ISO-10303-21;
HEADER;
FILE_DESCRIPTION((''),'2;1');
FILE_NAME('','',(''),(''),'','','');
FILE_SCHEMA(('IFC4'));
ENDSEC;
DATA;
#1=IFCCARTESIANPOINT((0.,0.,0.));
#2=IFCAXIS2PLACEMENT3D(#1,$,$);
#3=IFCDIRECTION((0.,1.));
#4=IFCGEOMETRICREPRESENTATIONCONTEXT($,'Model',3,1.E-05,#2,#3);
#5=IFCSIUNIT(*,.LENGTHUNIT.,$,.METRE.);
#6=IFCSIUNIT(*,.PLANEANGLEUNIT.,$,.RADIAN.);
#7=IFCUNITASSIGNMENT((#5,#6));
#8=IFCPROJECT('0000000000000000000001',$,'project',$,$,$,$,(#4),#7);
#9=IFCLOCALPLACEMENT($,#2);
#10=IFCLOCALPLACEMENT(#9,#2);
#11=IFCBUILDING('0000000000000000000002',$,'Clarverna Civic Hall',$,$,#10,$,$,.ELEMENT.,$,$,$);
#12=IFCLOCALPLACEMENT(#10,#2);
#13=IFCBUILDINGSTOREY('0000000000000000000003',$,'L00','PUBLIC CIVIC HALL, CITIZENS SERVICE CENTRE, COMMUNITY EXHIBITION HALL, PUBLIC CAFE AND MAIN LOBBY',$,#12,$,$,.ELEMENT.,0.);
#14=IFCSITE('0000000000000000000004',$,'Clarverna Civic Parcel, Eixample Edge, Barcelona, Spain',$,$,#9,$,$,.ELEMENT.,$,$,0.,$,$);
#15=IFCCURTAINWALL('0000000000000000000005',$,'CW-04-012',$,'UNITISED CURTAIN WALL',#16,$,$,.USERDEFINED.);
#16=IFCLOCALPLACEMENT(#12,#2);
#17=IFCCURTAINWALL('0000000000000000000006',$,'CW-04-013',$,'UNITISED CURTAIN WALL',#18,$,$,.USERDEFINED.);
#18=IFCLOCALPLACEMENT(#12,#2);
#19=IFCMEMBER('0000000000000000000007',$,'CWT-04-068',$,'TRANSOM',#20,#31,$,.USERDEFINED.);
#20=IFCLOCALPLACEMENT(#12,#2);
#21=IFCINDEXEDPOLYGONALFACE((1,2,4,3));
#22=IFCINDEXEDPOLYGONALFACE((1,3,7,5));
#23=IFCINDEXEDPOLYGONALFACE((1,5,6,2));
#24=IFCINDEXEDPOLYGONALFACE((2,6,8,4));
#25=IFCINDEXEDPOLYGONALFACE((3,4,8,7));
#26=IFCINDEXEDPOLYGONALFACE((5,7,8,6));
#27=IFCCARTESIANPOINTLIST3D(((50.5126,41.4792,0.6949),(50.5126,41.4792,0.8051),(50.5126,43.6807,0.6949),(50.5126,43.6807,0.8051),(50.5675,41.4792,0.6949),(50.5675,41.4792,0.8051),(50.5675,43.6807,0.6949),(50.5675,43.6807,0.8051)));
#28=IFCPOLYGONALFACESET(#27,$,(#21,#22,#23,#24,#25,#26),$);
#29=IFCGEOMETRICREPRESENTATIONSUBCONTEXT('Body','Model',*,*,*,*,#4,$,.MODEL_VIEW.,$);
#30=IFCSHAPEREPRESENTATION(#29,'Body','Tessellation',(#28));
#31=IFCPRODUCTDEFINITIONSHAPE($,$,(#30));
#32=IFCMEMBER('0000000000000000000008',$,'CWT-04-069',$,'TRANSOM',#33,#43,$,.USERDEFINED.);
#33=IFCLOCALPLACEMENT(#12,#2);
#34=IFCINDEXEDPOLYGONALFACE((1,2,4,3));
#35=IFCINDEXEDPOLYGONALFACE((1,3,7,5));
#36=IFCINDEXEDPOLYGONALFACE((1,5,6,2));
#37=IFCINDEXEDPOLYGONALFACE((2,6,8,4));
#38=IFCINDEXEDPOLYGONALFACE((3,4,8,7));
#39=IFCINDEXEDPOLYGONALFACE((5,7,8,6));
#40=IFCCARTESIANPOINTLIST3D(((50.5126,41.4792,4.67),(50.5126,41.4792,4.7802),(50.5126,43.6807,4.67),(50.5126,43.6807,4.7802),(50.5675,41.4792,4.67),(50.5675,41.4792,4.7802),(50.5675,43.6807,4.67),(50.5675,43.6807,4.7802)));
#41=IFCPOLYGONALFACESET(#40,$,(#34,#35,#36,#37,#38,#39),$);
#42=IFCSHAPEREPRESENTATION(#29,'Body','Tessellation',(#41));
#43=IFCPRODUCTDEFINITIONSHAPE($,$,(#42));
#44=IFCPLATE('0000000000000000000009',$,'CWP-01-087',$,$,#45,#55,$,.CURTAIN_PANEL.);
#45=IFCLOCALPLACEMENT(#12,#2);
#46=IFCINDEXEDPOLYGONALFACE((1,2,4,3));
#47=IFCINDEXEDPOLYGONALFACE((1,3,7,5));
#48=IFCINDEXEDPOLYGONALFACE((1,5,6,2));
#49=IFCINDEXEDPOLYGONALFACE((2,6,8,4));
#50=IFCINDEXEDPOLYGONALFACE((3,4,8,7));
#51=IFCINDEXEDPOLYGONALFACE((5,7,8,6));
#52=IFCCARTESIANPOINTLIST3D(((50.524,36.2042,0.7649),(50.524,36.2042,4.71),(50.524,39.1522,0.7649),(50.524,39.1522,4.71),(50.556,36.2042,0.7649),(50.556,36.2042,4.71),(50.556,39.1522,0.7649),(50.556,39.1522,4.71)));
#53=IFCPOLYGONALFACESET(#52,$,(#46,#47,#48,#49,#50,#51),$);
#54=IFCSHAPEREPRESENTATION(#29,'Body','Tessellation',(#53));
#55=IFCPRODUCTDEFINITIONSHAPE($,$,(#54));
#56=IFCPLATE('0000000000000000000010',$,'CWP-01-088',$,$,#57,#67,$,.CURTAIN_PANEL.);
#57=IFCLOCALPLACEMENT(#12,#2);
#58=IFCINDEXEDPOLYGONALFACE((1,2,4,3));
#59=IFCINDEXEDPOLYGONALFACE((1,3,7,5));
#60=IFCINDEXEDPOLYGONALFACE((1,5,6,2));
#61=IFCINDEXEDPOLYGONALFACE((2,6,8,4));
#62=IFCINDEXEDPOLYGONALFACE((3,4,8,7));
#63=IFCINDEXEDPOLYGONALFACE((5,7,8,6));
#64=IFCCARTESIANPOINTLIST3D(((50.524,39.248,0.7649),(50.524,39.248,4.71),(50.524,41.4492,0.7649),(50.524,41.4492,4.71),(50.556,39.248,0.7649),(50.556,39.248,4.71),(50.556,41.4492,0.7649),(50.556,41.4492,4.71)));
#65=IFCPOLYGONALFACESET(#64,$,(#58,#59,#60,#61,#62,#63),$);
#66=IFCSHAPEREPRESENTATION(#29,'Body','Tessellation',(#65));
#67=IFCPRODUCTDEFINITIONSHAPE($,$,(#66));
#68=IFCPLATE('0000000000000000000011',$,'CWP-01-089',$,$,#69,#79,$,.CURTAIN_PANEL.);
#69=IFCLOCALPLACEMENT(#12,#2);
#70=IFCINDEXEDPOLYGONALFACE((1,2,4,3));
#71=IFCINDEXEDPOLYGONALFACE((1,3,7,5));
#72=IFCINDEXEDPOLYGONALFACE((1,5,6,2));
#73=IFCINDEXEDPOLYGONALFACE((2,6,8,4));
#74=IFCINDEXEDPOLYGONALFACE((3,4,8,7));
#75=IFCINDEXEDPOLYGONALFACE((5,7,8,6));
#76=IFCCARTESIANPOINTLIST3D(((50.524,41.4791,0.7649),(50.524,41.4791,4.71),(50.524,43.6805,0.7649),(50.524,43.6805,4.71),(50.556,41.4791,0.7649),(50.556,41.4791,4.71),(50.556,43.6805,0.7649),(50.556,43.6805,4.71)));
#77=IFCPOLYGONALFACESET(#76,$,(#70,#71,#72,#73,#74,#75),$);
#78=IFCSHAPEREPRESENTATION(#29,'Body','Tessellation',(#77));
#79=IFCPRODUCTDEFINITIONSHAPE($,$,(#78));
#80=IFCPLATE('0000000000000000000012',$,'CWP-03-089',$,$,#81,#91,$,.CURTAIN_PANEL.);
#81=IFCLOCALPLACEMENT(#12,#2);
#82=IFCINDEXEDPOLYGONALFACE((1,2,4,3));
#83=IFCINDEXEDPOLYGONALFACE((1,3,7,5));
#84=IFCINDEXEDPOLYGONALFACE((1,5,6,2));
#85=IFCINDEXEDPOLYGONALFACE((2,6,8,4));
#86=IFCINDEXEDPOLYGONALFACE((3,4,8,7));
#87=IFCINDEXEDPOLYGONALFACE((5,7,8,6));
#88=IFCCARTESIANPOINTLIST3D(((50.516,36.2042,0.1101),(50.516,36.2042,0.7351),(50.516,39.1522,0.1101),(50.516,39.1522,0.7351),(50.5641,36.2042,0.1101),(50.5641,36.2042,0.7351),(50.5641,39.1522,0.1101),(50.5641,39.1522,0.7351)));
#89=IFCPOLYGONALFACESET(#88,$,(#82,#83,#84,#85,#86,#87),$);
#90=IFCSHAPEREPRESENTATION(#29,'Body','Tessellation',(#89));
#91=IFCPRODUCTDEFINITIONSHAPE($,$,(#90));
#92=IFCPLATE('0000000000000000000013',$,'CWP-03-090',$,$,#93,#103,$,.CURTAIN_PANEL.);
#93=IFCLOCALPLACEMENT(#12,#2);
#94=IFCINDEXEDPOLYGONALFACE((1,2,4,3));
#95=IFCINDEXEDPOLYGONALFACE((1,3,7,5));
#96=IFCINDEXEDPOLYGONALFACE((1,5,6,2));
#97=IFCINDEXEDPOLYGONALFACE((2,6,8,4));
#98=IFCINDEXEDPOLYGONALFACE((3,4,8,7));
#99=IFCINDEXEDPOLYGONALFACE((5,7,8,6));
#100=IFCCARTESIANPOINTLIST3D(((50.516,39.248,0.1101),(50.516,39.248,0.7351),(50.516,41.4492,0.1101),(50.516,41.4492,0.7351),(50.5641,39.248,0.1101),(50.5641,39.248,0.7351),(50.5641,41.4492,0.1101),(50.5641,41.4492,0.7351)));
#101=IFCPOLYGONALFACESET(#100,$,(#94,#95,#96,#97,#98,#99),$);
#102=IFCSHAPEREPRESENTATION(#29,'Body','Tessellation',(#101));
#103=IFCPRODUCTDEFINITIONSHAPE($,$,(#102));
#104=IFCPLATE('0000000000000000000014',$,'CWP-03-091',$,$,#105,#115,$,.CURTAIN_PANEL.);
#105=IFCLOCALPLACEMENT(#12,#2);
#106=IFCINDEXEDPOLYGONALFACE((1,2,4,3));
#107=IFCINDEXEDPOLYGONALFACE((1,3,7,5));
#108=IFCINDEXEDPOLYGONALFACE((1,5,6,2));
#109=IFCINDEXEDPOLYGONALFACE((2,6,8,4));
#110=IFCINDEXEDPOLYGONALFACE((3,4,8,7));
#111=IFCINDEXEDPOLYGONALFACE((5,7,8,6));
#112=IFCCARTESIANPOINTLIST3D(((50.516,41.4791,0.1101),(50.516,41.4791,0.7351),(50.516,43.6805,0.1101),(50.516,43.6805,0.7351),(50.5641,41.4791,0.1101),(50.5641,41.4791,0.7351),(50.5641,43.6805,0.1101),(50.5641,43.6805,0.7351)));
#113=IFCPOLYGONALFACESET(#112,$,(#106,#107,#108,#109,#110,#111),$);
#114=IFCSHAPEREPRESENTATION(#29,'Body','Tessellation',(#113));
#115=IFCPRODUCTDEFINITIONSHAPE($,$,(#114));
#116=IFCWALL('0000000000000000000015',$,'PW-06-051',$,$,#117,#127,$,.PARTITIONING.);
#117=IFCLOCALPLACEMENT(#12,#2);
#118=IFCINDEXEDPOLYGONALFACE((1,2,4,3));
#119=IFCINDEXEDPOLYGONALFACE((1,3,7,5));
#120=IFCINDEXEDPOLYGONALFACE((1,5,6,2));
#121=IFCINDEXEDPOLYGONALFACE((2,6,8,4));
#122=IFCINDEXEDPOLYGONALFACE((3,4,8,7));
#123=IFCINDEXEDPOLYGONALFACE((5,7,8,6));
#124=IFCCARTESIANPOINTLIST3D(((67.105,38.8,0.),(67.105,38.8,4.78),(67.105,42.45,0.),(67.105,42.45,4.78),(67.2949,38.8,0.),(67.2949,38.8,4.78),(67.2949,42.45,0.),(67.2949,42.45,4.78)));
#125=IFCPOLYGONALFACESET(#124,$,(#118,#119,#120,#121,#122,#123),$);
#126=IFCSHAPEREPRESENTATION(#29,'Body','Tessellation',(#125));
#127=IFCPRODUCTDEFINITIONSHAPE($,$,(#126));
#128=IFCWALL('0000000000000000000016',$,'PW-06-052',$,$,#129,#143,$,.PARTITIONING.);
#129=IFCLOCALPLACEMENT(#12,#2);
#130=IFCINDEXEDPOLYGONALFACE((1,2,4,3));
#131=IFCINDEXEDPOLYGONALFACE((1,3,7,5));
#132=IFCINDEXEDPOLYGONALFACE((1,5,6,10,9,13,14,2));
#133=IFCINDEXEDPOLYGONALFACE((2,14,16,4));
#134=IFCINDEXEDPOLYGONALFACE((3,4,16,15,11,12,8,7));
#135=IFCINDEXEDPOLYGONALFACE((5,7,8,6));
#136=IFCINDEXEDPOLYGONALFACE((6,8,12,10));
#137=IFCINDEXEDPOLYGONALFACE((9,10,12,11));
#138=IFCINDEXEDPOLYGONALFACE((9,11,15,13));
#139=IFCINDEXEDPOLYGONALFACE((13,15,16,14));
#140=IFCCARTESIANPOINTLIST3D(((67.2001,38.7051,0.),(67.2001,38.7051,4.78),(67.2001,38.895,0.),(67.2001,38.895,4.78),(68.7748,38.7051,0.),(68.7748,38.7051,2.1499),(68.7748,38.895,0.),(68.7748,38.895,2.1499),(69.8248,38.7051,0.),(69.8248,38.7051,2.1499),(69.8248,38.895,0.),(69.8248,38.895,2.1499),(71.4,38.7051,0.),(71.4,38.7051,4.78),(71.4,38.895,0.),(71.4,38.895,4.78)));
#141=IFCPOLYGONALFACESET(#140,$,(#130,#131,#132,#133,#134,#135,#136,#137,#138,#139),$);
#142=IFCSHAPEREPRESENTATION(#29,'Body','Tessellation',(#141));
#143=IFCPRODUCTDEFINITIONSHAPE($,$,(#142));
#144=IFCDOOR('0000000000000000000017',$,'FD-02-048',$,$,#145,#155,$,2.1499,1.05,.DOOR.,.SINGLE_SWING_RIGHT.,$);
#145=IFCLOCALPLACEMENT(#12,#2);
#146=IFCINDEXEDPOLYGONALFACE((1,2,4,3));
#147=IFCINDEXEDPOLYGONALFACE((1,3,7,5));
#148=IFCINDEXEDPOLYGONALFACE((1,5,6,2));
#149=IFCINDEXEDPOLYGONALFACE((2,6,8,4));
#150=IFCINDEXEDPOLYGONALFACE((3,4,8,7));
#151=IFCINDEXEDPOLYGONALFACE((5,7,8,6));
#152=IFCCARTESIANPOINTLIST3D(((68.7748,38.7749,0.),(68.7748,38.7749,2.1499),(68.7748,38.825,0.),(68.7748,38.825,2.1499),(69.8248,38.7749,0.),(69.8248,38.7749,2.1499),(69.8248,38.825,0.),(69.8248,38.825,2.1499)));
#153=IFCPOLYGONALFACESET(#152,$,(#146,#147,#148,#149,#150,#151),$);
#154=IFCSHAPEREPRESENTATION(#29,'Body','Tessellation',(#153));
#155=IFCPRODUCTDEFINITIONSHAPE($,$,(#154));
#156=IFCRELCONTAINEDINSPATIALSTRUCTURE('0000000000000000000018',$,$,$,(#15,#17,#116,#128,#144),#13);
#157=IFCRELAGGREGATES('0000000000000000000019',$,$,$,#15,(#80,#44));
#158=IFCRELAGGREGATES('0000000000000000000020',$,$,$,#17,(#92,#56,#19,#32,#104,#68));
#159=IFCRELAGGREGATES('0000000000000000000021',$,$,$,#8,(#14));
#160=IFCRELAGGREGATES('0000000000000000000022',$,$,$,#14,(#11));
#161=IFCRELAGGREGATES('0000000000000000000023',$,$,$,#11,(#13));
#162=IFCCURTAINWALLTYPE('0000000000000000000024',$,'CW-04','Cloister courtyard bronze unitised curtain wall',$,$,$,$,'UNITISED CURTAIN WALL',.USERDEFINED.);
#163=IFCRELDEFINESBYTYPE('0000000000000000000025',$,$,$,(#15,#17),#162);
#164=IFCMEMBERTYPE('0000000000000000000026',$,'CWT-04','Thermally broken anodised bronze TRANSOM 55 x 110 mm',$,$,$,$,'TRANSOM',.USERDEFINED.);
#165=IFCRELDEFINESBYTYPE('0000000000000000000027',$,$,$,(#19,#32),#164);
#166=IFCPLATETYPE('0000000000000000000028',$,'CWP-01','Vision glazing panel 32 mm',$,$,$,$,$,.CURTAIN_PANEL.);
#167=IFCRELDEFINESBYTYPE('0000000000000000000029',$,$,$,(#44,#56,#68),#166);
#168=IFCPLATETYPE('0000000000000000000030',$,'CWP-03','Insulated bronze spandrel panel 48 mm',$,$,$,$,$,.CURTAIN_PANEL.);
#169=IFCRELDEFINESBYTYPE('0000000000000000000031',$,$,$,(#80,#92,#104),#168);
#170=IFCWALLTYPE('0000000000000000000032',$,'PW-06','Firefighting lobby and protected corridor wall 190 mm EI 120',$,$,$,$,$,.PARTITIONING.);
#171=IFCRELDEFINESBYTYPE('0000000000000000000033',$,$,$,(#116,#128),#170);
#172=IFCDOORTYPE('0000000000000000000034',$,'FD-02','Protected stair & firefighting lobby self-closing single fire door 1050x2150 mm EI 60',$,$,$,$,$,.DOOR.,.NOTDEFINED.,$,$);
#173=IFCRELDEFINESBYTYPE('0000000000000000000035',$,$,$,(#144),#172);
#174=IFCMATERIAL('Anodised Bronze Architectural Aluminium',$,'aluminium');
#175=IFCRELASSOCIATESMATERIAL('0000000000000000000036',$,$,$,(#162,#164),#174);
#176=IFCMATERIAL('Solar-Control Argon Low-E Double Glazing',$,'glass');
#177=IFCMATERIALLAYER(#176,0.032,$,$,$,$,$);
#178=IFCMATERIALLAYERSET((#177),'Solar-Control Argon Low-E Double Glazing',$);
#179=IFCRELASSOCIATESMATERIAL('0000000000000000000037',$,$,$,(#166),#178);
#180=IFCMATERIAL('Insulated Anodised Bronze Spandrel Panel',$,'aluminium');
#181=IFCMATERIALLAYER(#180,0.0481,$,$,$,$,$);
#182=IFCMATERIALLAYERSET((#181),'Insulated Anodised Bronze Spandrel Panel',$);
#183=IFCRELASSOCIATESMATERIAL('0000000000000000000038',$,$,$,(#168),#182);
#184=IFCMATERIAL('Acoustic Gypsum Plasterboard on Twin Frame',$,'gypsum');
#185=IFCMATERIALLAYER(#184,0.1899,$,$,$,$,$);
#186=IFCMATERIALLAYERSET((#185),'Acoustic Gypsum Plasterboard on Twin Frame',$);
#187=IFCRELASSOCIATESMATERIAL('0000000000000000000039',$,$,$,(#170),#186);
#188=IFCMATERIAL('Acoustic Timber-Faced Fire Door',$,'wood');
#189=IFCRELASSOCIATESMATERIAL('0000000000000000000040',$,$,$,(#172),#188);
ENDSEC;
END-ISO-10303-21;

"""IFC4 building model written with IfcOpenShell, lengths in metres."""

from ifc_helpers import new_model, si_unit, direction, frame, frame_2d, origin, origin_2d, place, context, subcontext, project, spatial, rectangle, extrude, material, layer, layer_set, material_profile, profile_set, type_object, element, fill, aggregate, save


model = new_model("IFC4")

# Units and contexts
model_context = context("Model", 3, precision=1e-05, world=origin(), true_north=direction((0.0, 1.0)))
body_context = subcontext(model_context, "Body", "Model", "MODEL_VIEW")
ifc_project = project(units=[si_unit("LENGTHUNIT", "METRE"), si_unit("PLANEANGLEUNIT", "RADIAN")], contexts=[model_context])

# Site, building, storey
site_placement = place(None, origin())
site = spatial("IfcSite", under=ifc_project, at=site_placement, Name="Clarverna Civic Parcel, Eixample Edge, Barcelona, Spain", CompositionType="ELEMENT", RefElevation=0.0)
building_placement = place(site_placement, origin())
building = spatial("IfcBuilding", under=site, at=building_placement, Name="Clarverna Civic Hall", CompositionType="ELEMENT")
storey_placement = place(building_placement, origin())
storey = spatial("IfcBuildingStorey", under=building, at=storey_placement, Name="L00", Description="PUBLIC CIVIC HALL, CITIZENS SERVICE CENTRE, COMMUNITY EXHIBITION HALL, PUBLIC CAFE AND MAIN LOBBY", CompositionType="ELEMENT", Elevation=0.0)

# Curtain wall
ifc_material_1 = material(Name="Anodised Bronze Architectural Aluminium", Category="aluminium")
curtain_wall_type = type_object("IfcCurtainWallType", Name="CW-04", Description="Cloister courtyard bronze unitised curtain wall", ElementType="UNITISED CURTAIN WALL", PredefinedType="USERDEFINED", material=ifc_material_1)
curtain_wall_1_placement = place(storey_placement, origin())
curtain_wall_1 = element("IfcCurtainWall", 1, at=curtain_wall_1_placement, inside=storey, type_object=curtain_wall_type, Name="CW-04-012", ObjectType="UNITISED CURTAIN WALL", PredefinedType="USERDEFINED")

# Curtain wall
curtain_wall_2_placement = place(storey_placement, origin())
curtain_wall_2 = element("IfcCurtainWall", 2, at=curtain_wall_2_placement, inside=storey, type_object=curtain_wall_type, Name="CW-04-013", ObjectType="UNITISED CURTAIN WALL", PredefinedType="USERDEFINED")

# Members
ifc_material_profile_1 = material_profile(ifc_material_1, rectangle(XDim=0.0549, YDim=0.1101, at=origin_2d()), Name="BRONZE 55x110")
ifc_profile_set_1 = profile_set([ifc_material_profile_1], Name="Anodised Bronze Architectural Aluminium")
member_type_1 = type_object("IfcMemberType", Name="CWT-04", Description="Thermally broken anodised bronze TRANSOM 55 x 110 mm", ElementType="TRANSOM", PredefinedType="USERDEFINED", material=ifc_profile_set_1)
member_1_placement = place(storey_placement, frame((50.54, 41.4792, 0.75), z_axis=(0.0, 1.0, 0.0), x_axis=(-1.0, 0.0, 0.0)))
member_1 = element("IfcMember", 3, at=member_1_placement, type_object=member_type_1, Name="CWT-04-068", ObjectType="TRANSOM", PredefinedType="USERDEFINED", context=body_context, shape_type="SweptSolid", body=[
    extrude(rectangle(XDim=0.0549, YDim=0.1101, at=origin_2d()), origin(), (0.0, 0.0, 1.0), 2.2014),
])
member_2_placement = place(storey_placement, frame((50.54, 41.4792, 4.7251), z_axis=(0.0, 1.0, 0.0), x_axis=(-1.0, 0.0, 0.0)))
member_2 = element("IfcMember", 4, at=member_2_placement, type_object=member_type_1, Name="CWT-04-069", ObjectType="TRANSOM", PredefinedType="USERDEFINED", context=body_context, shape_type="SweptSolid", body=[
    extrude(rectangle(XDim=0.0549, YDim=0.1101, at=origin_2d()), origin(), (0.0, 0.0, 1.0), 2.2014),
])

# Plates
ifc_material_2 = material(Name="Solar-Control Argon Low-E Double Glazing", Category="glass")
ifc_layer_1 = layer(ifc_material_2, 0.032)
ifc_layer_set_1 = layer_set([ifc_layer_1], Name="Solar-Control Argon Low-E Double Glazing")
plate_type_1 = type_object("IfcPlateType", Name="CWP-01", Description="Vision glazing panel 32 mm", PredefinedType="CURTAIN_PANEL", material=ifc_layer_set_1)
plate_1_placement = place(storey_placement, frame((50.54, 36.2041, 0.7649), z_axis=(0.0, 0.0, 1.0), x_axis=(0.0, 1.0, 0.0)))
plate_1 = element("IfcPlate", 5, at=plate_1_placement, type_object=plate_type_1, Name="CWP-01-087", PredefinedType="CURTAIN_PANEL", context=body_context, shape_type="SweptSolid", body=[
    extrude(rectangle(XDim=2.948, YDim=0.032, at=frame_2d((1.4741, 0.0))), origin(), (0.0, 0.0, 1.0), 3.9451),
])
plate_2_placement = place(storey_placement, frame((50.54, 39.248, 0.7649), z_axis=(0.0, 0.0, 1.0), x_axis=(0.0, 1.0, 0.0)))
plate_2 = element("IfcPlate", 6, at=plate_2_placement, type_object=plate_type_1, Name="CWP-01-088", PredefinedType="CURTAIN_PANEL", context=body_context, shape_type="SweptSolid", body=[
    extrude(rectangle(XDim=2.2012, YDim=0.032, at=frame_2d((1.1006, 0.0))), origin(), (0.0, 0.0, 1.0), 3.9451),
])
plate_3_placement = place(storey_placement, frame((50.54, 41.4792, 0.7649), z_axis=(0.0, 0.0, 1.0), x_axis=(0.0, 1.0, 0.0)))
plate_3 = element("IfcPlate", 7, at=plate_3_placement, type_object=plate_type_1, Name="CWP-01-089", PredefinedType="CURTAIN_PANEL", context=body_context, shape_type="SweptSolid", body=[
    extrude(rectangle(XDim=2.2014, YDim=0.032, at=frame_2d((1.1006, 0.0))), origin(), (0.0, 0.0, 1.0), 3.9451),
])
ifc_material_3 = material(Name="Insulated Anodised Bronze Spandrel Panel", Category="aluminium")
ifc_layer_2 = layer(ifc_material_3, 0.0481)
ifc_layer_set_2 = layer_set([ifc_layer_2], Name="Insulated Anodised Bronze Spandrel Panel")
plate_type_2 = type_object("IfcPlateType", Name="CWP-03", Description="Insulated bronze spandrel panel 48 mm", PredefinedType="CURTAIN_PANEL", material=ifc_layer_set_2)
plate_4_placement = place(storey_placement, frame((50.54, 36.2041, 0.1101), z_axis=(0.0, 0.0, 1.0), x_axis=(0.0, 1.0, 0.0)))
plate_4 = element("IfcPlate", 8, at=plate_4_placement, type_object=plate_type_2, Name="CWP-03-089", PredefinedType="CURTAIN_PANEL", context=body_context, shape_type="SweptSolid", body=[
    extrude(rectangle(XDim=2.948, YDim=0.0481, at=frame_2d((1.4741, 0.0))), origin(), (0.0, 0.0, 1.0), 0.625),
])
aggregate(curtain_wall_1, [plate_4, plate_1])
plate_5_placement = place(storey_placement, frame((50.54, 39.248, 0.1101), z_axis=(0.0, 0.0, 1.0), x_axis=(0.0, 1.0, 0.0)))
plate_5 = element("IfcPlate", 9, at=plate_5_placement, type_object=plate_type_2, Name="CWP-03-090", PredefinedType="CURTAIN_PANEL", context=body_context, shape_type="SweptSolid", body=[
    extrude(rectangle(XDim=2.2012, YDim=0.0481, at=frame_2d((1.1006, 0.0))), origin(), (0.0, 0.0, 1.0), 0.625),
])
plate_6_placement = place(storey_placement, frame((50.54, 41.4792, 0.1101), z_axis=(0.0, 0.0, 1.0), x_axis=(0.0, 1.0, 0.0)))
plate_6 = element("IfcPlate", 10, at=plate_6_placement, type_object=plate_type_2, Name="CWP-03-091", PredefinedType="CURTAIN_PANEL", context=body_context, shape_type="SweptSolid", body=[
    extrude(rectangle(XDim=2.2014, YDim=0.0481, at=frame_2d((1.1006, 0.0))), origin(), (0.0, 0.0, 1.0), 0.625),
])
aggregate(curtain_wall_2, [plate_5, plate_2, member_1, member_2, plate_6, plate_3])

# Wall
ifc_material_4 = material(Name="Acoustic Gypsum Plasterboard on Twin Frame", Category="gypsum")
ifc_layer_3 = layer(ifc_material_4, 0.1899)
ifc_layer_set_3 = layer_set([ifc_layer_3], Name="Acoustic Gypsum Plasterboard on Twin Frame")
wall_type_1 = type_object("IfcWallType", Name="PW-06", Description="Firefighting lobby and protected corridor wall 190 mm EI 120", PredefinedType="PARTITIONING", material=ifc_layer_set_3)
wall_1_placement = place(storey_placement, frame((67.2, 38.8, 0.0), z_axis=(0.0, 0.0, 1.0), x_axis=(0.0, 1.0, 0.0)))
element("IfcWall", 11, at=wall_1_placement, inside=storey, type_object=wall_type_1, Name="PW-06-051", PredefinedType="PARTITIONING", context=body_context, shape_type="SweptSolid", body=[
    extrude(rectangle(XDim=3.6499, YDim=0.1899, at=frame_2d((1.825, 0.0))), origin(), (0.0, 0.0, 1.0), 4.78),
])

# Wall, opening, door
wall_2_placement = place(storey_placement, frame((67.2, 38.8, 0.0), z_axis=(0.0, 0.0, 1.0), x_axis=(1.0, 0.0, 0.0)))
wall_2 = element("IfcWall", 12, at=wall_2_placement, inside=storey, type_object=wall_type_1, Name="PW-06-052", PredefinedType="PARTITIONING", context=body_context, shape_type="SweptSolid", body=[
    extrude(rectangle(XDim=4.2, YDim=0.1899, at=frame_2d((2.1001, 0.0))), origin(), (0.0, 0.0, 1.0), 4.78),
])
opening_1_placement = place(wall_2_placement, frame((1.575, 0.0, 0.0)))
opening_1 = element("IfcOpeningElement", 13, at=opening_1_placement, cuts=wall_2, PredefinedType="OPENING", context=body_context, shape_type="SweptSolid", body=[
    extrude(rectangle(XDim=1.05, YDim=2.1499, at=frame_2d((0.5249, 1.075))), frame((0.0, 0.105, 0.0), z_axis=(0.0, -1.0, 0.0), x_axis=(1.0, 0.0, 0.0)), (0.0, 0.0, 1.0), 0.21),
])
ifc_material_5 = material(Name="Acoustic Timber-Faced Fire Door", Category="wood")
door_type_1 = type_object("IfcDoorType", Name="FD-02", Description="Protected stair & firefighting lobby self-closing single fire door 1050x2150 mm EI 60", OperationType="NOTDEFINED", PredefinedType="DOOR", material=ifc_material_5)
door_1_placement = place(opening_1_placement, origin())
door_1 = element("IfcDoor", 14, at=door_1_placement, inside=storey, type_object=door_type_1, Name="FD-02-048", OperationType="SINGLE_SWING_RIGHT", OverallHeight=2.1499, OverallWidth=1.05, PredefinedType="DOOR", context=body_context, shape_type="SweptSolid", body=[
    extrude(rectangle(XDim=1.05, YDim=2.1499, at=frame_2d((0.5249, 1.075))), frame((0.0, 0.0249, 0.0), z_axis=(0.0, -1.0, 0.0), x_axis=(1.0, 0.0, 0.0)), (0.0, 0.0, 1.0), 0.05),
])
fill(opening_1, door_1)

save(model, "model.ifc")
